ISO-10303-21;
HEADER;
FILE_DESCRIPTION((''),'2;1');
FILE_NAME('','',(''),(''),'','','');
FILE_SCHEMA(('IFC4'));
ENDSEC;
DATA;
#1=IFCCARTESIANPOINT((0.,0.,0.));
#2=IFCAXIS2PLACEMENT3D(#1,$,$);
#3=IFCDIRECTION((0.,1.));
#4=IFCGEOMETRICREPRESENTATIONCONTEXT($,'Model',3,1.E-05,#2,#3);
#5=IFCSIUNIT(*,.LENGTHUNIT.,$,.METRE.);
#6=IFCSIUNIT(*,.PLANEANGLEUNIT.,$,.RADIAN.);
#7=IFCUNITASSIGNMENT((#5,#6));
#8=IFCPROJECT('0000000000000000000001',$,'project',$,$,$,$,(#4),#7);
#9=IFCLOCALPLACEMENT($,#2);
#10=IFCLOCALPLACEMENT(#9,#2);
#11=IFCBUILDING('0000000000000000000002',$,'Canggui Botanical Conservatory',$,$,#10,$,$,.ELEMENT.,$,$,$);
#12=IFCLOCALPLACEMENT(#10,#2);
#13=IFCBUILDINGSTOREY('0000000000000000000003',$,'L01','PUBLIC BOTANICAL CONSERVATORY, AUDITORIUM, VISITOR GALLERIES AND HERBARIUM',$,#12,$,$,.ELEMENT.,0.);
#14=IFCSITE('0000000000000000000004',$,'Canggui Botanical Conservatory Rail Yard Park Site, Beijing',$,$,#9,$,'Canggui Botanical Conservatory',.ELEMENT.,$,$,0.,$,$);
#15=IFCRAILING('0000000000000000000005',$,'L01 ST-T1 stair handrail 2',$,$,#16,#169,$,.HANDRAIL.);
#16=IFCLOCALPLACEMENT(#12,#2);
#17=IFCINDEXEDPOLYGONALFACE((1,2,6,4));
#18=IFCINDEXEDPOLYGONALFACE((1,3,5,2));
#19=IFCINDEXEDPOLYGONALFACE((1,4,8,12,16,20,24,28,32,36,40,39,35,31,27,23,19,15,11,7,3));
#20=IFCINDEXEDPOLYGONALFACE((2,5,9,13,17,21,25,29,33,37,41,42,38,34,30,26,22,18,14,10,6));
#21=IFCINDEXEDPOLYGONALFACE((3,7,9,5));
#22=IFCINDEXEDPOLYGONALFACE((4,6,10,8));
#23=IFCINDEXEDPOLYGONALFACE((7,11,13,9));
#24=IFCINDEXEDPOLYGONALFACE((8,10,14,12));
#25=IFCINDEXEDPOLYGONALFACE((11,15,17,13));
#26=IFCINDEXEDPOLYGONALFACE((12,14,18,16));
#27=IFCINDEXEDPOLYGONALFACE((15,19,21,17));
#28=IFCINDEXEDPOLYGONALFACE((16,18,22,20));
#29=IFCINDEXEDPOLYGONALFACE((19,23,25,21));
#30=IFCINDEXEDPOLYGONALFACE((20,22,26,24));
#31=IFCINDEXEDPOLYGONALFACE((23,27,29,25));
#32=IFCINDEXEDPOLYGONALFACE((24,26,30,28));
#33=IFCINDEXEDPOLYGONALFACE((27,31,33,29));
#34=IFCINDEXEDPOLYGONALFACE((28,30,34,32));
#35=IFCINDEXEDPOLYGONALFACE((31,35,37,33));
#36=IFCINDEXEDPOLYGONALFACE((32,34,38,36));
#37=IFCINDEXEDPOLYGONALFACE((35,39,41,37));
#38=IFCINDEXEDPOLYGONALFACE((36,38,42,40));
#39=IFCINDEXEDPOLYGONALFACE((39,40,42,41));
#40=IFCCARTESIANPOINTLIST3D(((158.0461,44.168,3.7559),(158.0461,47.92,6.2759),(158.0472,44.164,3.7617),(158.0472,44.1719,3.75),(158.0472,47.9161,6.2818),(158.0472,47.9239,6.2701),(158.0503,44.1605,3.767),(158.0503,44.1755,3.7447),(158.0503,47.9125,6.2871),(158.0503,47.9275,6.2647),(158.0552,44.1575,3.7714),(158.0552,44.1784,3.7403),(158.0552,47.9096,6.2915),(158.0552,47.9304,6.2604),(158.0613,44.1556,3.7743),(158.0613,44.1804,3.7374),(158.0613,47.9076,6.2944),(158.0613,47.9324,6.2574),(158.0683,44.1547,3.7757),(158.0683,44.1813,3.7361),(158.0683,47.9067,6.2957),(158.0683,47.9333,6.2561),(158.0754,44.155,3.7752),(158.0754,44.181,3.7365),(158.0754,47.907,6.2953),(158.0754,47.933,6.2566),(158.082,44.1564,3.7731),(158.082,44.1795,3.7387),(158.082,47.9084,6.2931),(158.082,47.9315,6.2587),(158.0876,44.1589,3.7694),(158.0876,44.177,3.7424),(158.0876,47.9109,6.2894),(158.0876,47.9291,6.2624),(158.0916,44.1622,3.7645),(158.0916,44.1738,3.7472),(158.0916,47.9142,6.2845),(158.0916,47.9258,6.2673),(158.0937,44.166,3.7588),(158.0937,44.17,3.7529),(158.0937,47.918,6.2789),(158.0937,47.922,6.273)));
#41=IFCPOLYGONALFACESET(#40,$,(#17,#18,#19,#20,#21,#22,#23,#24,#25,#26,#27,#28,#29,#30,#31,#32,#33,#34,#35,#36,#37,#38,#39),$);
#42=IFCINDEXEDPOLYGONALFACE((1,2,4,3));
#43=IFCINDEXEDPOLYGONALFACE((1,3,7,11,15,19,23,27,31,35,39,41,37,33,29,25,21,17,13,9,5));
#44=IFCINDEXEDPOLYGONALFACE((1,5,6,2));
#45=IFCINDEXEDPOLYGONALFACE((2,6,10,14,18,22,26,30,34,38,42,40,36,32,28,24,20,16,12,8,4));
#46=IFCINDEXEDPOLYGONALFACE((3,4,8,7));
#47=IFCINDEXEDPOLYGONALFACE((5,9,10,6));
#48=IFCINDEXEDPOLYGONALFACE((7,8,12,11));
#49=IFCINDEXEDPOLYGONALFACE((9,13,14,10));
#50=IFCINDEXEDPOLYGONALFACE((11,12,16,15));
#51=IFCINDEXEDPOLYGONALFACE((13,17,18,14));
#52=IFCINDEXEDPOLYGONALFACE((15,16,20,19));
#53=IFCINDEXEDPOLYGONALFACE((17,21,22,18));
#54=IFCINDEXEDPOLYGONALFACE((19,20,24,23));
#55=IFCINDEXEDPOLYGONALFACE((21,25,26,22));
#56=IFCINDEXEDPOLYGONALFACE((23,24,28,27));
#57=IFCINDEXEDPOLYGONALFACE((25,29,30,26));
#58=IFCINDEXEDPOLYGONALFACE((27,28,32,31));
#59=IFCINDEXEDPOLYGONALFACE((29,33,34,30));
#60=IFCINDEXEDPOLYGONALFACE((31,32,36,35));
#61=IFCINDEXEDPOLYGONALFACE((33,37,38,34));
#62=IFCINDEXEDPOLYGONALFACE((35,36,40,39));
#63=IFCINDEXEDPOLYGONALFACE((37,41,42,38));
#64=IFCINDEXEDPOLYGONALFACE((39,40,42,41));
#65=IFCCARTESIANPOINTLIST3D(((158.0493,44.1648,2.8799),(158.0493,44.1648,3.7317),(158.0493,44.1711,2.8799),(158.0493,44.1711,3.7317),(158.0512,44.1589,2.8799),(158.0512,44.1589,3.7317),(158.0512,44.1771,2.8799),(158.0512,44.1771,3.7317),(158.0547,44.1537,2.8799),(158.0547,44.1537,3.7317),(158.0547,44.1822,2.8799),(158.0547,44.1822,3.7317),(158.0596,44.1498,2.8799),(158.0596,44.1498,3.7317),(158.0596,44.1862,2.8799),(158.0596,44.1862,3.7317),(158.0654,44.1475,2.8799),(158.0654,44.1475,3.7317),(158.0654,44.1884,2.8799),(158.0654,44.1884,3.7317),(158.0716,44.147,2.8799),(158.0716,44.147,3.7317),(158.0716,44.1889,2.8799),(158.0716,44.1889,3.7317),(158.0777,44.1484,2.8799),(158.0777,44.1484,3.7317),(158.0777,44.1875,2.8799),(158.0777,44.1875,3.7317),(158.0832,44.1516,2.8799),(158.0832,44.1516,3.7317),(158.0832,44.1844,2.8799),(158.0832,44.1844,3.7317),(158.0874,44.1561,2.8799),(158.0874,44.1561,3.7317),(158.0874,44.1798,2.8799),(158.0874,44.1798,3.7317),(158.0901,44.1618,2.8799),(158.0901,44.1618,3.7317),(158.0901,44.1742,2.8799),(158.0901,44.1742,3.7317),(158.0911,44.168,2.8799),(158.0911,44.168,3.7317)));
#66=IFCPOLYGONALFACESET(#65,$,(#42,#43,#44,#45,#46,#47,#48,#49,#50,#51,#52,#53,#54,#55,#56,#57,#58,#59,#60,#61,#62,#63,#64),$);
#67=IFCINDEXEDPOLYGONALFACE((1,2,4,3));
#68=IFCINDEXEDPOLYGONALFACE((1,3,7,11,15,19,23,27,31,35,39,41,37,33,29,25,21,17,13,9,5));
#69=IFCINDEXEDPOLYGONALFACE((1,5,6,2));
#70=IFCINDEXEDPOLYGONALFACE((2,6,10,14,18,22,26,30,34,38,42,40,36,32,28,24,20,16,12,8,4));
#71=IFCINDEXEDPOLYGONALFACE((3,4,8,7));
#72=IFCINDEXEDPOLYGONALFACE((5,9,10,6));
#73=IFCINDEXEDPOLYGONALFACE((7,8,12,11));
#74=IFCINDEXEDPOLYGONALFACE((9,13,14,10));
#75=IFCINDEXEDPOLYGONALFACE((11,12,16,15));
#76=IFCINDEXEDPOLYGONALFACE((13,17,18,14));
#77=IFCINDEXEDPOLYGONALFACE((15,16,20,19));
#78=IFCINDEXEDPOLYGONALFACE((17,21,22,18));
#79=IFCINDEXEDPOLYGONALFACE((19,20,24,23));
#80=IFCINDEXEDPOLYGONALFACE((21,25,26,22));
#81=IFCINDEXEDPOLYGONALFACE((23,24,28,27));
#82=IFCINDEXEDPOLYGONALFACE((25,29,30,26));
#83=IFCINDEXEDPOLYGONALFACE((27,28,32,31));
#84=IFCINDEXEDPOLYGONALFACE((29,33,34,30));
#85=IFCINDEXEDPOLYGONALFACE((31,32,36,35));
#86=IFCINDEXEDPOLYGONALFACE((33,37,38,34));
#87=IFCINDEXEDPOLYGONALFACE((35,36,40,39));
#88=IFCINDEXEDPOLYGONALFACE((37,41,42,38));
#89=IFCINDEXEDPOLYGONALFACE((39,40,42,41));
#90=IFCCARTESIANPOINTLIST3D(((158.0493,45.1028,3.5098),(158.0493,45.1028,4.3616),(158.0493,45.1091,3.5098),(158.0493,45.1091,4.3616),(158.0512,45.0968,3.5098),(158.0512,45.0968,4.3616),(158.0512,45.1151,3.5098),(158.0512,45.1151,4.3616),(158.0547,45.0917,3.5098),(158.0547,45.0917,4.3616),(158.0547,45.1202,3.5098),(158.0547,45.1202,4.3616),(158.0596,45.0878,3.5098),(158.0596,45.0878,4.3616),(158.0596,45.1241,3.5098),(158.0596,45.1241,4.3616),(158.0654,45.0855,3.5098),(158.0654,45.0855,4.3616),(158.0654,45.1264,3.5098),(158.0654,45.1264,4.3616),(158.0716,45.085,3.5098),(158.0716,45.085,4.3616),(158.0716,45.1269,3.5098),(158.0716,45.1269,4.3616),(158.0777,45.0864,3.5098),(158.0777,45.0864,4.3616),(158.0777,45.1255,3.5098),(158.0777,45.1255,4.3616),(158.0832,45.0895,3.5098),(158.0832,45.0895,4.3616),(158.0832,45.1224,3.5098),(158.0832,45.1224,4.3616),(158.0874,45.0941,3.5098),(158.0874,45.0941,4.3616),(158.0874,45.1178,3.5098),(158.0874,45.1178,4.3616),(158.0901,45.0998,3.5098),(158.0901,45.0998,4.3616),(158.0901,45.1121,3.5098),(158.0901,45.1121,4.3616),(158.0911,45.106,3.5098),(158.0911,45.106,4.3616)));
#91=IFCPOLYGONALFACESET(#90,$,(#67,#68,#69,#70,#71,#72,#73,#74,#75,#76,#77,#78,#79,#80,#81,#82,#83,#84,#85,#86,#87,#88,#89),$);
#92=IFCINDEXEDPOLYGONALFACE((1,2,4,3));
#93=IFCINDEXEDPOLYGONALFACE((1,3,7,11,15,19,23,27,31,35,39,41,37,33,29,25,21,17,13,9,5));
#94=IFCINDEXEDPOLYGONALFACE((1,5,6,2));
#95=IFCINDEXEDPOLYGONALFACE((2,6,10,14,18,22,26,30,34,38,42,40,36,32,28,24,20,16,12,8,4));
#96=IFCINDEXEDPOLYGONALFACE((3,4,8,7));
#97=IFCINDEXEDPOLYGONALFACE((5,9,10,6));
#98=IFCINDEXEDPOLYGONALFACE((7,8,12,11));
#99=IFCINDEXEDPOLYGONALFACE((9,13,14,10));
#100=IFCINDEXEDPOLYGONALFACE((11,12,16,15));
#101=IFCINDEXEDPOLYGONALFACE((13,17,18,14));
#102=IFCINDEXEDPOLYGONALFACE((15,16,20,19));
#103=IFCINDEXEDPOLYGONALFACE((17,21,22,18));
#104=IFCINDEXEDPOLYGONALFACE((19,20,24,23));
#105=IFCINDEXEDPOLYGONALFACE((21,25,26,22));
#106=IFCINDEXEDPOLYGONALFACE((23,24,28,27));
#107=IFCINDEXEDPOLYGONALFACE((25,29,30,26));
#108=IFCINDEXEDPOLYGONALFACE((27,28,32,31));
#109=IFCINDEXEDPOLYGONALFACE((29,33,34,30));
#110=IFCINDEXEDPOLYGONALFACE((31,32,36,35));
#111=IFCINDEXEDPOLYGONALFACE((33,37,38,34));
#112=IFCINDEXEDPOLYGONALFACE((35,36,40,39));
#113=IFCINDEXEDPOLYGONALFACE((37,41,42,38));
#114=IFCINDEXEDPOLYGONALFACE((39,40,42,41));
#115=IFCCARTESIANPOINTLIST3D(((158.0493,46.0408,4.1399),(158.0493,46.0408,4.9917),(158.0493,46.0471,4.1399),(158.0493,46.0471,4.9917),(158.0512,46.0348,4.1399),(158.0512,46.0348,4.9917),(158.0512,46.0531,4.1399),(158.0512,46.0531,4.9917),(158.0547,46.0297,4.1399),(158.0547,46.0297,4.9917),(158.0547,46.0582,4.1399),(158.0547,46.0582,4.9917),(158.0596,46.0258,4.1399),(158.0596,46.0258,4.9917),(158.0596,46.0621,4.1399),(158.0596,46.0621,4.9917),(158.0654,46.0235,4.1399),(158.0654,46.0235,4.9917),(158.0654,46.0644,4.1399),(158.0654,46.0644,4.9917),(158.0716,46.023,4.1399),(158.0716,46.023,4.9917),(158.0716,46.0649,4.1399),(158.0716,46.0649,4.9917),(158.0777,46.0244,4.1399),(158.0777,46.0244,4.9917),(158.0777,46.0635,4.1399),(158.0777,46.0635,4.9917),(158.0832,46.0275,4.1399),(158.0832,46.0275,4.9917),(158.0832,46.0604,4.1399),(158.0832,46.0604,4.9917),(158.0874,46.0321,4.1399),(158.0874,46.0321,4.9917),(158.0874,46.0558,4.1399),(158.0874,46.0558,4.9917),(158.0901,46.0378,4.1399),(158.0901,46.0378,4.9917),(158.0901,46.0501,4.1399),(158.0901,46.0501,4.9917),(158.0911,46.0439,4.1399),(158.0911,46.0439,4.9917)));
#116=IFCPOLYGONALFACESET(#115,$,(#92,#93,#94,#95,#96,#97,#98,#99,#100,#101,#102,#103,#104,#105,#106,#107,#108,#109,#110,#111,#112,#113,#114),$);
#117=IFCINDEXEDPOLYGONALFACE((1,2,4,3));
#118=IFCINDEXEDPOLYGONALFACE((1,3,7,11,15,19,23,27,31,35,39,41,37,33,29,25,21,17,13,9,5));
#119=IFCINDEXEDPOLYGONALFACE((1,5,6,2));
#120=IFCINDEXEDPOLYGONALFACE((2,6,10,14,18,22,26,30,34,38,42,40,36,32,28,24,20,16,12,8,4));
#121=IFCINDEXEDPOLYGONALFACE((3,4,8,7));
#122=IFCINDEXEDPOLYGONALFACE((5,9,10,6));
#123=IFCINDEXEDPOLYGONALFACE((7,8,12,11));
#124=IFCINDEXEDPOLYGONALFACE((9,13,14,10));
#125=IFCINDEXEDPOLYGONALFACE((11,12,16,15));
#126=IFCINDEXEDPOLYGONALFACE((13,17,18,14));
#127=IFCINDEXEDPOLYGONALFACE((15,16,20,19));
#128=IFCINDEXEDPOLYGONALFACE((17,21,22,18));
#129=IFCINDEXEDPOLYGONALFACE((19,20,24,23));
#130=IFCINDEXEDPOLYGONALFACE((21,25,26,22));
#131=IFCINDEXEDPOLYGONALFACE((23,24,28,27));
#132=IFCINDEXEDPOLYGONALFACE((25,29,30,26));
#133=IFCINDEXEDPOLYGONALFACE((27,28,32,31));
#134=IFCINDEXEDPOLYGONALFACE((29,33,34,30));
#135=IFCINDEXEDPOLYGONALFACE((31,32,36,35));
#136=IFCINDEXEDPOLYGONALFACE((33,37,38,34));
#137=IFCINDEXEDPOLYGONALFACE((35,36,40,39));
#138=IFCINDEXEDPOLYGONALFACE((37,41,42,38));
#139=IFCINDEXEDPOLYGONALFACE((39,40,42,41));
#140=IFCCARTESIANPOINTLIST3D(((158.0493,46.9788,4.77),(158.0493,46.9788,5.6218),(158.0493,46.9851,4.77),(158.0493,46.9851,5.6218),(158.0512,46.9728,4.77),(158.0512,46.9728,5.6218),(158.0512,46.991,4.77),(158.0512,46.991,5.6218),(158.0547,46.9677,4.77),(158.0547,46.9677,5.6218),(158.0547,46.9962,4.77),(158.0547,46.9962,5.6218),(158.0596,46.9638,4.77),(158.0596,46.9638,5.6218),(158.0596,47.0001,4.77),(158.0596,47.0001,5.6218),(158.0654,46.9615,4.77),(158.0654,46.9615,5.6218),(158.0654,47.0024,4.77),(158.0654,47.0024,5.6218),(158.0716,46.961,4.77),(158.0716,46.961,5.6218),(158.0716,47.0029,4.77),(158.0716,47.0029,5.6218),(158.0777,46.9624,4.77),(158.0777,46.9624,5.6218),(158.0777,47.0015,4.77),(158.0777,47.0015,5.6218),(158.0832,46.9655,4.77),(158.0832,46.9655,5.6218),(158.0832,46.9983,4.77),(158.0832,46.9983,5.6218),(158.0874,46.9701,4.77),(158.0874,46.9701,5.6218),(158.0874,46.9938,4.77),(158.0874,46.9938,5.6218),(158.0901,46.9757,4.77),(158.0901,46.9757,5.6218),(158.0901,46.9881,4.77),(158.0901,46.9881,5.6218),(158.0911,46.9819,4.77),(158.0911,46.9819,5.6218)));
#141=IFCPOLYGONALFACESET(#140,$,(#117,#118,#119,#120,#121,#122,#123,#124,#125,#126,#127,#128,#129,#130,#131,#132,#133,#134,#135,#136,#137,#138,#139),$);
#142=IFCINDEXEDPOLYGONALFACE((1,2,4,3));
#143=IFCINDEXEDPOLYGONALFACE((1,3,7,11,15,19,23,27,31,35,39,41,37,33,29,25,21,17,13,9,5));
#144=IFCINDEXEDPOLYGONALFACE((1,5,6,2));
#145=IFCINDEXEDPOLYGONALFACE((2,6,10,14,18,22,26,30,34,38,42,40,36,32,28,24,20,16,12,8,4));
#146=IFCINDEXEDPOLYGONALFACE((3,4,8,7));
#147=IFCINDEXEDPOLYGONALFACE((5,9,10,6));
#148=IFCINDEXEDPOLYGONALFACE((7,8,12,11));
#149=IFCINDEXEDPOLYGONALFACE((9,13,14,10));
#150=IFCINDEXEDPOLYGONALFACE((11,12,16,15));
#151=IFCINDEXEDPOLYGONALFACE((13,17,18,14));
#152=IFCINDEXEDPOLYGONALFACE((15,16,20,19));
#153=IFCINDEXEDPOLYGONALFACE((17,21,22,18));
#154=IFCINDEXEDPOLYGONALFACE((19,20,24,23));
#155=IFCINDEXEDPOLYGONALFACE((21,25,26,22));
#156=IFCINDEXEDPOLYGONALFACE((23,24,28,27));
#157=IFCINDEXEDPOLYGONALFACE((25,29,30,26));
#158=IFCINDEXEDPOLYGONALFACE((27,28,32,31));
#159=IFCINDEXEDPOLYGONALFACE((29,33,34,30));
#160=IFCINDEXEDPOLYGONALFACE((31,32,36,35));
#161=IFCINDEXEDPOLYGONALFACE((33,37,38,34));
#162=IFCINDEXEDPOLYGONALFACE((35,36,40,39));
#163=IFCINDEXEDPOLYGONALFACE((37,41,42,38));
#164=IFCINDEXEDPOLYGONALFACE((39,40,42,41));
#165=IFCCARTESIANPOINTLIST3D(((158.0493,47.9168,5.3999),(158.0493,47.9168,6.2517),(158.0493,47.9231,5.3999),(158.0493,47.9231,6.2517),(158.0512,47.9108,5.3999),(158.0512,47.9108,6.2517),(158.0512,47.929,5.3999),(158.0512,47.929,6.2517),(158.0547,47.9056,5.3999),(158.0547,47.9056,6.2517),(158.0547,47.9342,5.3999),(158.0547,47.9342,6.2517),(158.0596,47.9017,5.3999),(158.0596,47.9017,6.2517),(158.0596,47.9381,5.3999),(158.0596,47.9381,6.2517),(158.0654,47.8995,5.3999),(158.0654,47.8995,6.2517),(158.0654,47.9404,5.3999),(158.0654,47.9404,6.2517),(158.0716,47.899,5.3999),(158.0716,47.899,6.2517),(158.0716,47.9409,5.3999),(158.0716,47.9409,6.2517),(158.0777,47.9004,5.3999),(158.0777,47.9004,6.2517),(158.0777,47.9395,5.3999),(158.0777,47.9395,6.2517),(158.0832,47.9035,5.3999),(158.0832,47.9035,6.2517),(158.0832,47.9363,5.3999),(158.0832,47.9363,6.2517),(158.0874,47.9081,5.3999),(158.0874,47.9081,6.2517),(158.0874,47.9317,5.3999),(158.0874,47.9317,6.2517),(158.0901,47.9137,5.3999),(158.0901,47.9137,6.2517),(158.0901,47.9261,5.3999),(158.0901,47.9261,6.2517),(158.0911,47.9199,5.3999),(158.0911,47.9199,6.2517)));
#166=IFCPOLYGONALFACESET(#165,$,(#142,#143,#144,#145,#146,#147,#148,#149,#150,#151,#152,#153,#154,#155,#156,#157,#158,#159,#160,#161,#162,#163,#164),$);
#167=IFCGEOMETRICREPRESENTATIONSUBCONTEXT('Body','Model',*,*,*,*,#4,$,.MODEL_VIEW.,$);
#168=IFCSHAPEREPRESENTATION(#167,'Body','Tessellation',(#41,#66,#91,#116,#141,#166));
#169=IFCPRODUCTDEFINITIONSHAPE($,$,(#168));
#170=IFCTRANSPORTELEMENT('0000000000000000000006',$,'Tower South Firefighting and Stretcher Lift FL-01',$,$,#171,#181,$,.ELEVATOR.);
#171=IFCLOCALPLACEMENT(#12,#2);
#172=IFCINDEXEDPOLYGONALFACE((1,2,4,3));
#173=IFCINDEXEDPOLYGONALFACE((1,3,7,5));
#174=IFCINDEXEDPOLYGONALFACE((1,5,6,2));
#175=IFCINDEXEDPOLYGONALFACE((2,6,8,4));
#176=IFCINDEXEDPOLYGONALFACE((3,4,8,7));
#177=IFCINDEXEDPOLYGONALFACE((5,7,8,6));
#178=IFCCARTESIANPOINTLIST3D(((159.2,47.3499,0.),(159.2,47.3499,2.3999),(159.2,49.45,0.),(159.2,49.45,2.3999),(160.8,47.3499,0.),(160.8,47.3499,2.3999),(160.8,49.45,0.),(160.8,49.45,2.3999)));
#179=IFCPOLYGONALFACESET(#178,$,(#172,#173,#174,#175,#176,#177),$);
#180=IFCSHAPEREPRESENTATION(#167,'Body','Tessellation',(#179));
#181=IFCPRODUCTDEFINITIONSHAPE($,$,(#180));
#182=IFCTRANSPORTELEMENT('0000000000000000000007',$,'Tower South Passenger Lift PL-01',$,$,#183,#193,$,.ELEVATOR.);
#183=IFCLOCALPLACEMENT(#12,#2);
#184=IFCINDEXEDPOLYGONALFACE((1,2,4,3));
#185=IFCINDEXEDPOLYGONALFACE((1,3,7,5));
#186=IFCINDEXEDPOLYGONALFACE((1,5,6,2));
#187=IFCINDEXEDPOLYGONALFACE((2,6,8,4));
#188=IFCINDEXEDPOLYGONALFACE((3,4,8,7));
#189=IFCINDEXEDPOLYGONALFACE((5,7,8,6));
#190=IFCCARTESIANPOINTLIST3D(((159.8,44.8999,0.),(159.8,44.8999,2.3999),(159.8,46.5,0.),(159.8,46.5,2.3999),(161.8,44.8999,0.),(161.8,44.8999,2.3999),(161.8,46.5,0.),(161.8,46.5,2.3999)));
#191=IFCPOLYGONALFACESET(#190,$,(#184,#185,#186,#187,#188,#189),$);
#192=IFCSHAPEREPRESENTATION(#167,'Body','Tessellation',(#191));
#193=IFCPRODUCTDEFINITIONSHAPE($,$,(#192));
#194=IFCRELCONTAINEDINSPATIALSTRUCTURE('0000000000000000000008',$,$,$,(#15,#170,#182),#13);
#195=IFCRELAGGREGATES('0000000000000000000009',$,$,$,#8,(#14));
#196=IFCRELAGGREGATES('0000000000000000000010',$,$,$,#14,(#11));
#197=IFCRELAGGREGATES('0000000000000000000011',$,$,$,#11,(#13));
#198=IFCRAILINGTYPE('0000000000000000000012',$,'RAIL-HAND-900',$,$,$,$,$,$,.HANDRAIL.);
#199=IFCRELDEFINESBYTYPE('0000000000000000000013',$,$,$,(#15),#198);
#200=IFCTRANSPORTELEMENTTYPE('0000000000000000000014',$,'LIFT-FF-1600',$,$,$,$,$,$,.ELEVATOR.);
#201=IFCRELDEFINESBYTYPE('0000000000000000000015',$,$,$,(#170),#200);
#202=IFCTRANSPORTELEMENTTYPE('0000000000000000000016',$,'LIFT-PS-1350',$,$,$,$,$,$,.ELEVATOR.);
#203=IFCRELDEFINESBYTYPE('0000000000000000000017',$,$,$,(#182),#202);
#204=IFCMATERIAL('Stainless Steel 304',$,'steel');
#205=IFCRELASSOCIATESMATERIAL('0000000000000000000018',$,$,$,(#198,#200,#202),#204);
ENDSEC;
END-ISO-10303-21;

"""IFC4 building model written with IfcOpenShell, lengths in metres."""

from ifc_helpers import new_model, si_unit, direction, frame, origin, origin_2d, place, context, subcontext, project, spatial, rectangle, circle, extrude, material, type_object, element, save


model = new_model("IFC4")

# Units and contexts
model_context = context("Model", 3, precision=1e-05, world=origin(), true_north=direction((0.0, 1.0)))
body_context = subcontext(model_context, "Body", "Model", "MODEL_VIEW")
ifc_project = project(units=[si_unit("LENGTHUNIT", "METRE"), si_unit("PLANEANGLEUNIT", "RADIAN")], contexts=[model_context])

# Site, building, storey
site_placement = place(None, origin())
site = spatial("IfcSite", under=ifc_project, at=site_placement, Name="Canggui Botanical Conservatory Rail Yard Park Site, Beijing", LongName="Canggui Botanical Conservatory", CompositionType="ELEMENT", RefElevation=0.0)
building_placement = place(site_placement, origin())
building = spatial("IfcBuilding", under=site, at=building_placement, Name="Canggui Botanical Conservatory", CompositionType="ELEMENT")
storey_placement = place(building_placement, origin())
storey = spatial("IfcBuildingStorey", under=building, at=storey_placement, Name="L01", Description="PUBLIC BOTANICAL CONSERVATORY, AUDITORIUM, VISITOR GALLERIES AND HERBARIUM", CompositionType="ELEMENT", Elevation=0.0)

# Railing
ifc_material_1 = material(Name="Stainless Steel 304", Category="steel")
railing_type_1 = type_object("IfcRailingType", Name="RAIL-HAND-900", PredefinedType="HANDRAIL", material=ifc_material_1)
railing_1_placement = place(storey_placement, frame((158.0701, 44.168, 2.8799)))
element("IfcRailing", 1, at=railing_1_placement, inside=storey, type_object=railing_type_1, Name="L01 ST-T1 stair handrail 2", PredefinedType="HANDRAIL", context=body_context, shape_type="SweptSolid", body=[
    extrude(circle(Radius=0.0239, at=origin_2d()), frame((0.0, 0.0, 0.876), z_axis=(0.0, 0.830134, 0.557564), x_axis=(-1.0, 0.0, 0.0)), (0.0, 0.0, 1.0), 4.5198),
    extrude(circle(Radius=0.021, at=origin_2d()), origin(), (0.0, 0.0, 1.0), 0.8518),
    extrude(circle(Radius=0.021, at=origin_2d()), frame((0.0, 0.938, 0.6299)), (0.0, 0.0, 1.0), 0.8518),
    extrude(circle(Radius=0.021, at=origin_2d()), frame((0.0, 1.876, 1.26)), (0.0, 0.0, 1.0), 0.8518),
    extrude(circle(Radius=0.021, at=origin_2d()), frame((0.0, 2.814, 1.8901)), (0.0, 0.0, 1.0), 0.8518),
    extrude(circle(Radius=0.021, at=origin_2d()), frame((0.0, 3.752, 2.52)), (0.0, 0.0, 1.0), 0.8518),
])

# Transport elements
transport_element_type_1 = type_object("IfcTransportElementType", Name="LIFT-FF-1600", PredefinedType="ELEVATOR", material=ifc_material_1)
transport_element_1_placement = place(storey_placement, frame((160.0, 48.3999, 0.0), z_axis=(0.0, 0.0, 1.0), x_axis=(1.0, 0.0, 0.0)))
element("IfcTransportElement", 2, at=transport_element_1_placement, inside=storey, type_object=transport_element_type_1, Name="Tower South Firefighting and Stretcher Lift FL-01", PredefinedType="ELEVATOR", context=body_context, shape_type="SweptSolid", body=[
    extrude(rectangle(XDim=1.6001, YDim=2.1001, at=origin_2d()), origin(), (0.0, 0.0, 1.0), 2.3999),
])
transport_element_type_2 = type_object("IfcTransportElementType", Name="LIFT-PS-1350", PredefinedType="ELEVATOR", material=ifc_material_1)
transport_element_2_placement = place(storey_placement, frame((160.8, 45.7, 0.0), z_axis=(0.0, 0.0, 1.0), x_axis=(0.0, 1.0, 0.0)))
element("IfcTransportElement", 3, at=transport_element_2_placement, inside=storey, type_object=transport_element_type_2, Name="Tower South Passenger Lift PL-01", PredefinedType="ELEVATOR", context=body_context, shape_type="SweptSolid", body=[
    extrude(rectangle(XDim=1.6001, YDim=2.0, at=origin_2d()), origin(), (0.0, 0.0, 1.0), 2.3999),
])

save(model, "model.ifc")
